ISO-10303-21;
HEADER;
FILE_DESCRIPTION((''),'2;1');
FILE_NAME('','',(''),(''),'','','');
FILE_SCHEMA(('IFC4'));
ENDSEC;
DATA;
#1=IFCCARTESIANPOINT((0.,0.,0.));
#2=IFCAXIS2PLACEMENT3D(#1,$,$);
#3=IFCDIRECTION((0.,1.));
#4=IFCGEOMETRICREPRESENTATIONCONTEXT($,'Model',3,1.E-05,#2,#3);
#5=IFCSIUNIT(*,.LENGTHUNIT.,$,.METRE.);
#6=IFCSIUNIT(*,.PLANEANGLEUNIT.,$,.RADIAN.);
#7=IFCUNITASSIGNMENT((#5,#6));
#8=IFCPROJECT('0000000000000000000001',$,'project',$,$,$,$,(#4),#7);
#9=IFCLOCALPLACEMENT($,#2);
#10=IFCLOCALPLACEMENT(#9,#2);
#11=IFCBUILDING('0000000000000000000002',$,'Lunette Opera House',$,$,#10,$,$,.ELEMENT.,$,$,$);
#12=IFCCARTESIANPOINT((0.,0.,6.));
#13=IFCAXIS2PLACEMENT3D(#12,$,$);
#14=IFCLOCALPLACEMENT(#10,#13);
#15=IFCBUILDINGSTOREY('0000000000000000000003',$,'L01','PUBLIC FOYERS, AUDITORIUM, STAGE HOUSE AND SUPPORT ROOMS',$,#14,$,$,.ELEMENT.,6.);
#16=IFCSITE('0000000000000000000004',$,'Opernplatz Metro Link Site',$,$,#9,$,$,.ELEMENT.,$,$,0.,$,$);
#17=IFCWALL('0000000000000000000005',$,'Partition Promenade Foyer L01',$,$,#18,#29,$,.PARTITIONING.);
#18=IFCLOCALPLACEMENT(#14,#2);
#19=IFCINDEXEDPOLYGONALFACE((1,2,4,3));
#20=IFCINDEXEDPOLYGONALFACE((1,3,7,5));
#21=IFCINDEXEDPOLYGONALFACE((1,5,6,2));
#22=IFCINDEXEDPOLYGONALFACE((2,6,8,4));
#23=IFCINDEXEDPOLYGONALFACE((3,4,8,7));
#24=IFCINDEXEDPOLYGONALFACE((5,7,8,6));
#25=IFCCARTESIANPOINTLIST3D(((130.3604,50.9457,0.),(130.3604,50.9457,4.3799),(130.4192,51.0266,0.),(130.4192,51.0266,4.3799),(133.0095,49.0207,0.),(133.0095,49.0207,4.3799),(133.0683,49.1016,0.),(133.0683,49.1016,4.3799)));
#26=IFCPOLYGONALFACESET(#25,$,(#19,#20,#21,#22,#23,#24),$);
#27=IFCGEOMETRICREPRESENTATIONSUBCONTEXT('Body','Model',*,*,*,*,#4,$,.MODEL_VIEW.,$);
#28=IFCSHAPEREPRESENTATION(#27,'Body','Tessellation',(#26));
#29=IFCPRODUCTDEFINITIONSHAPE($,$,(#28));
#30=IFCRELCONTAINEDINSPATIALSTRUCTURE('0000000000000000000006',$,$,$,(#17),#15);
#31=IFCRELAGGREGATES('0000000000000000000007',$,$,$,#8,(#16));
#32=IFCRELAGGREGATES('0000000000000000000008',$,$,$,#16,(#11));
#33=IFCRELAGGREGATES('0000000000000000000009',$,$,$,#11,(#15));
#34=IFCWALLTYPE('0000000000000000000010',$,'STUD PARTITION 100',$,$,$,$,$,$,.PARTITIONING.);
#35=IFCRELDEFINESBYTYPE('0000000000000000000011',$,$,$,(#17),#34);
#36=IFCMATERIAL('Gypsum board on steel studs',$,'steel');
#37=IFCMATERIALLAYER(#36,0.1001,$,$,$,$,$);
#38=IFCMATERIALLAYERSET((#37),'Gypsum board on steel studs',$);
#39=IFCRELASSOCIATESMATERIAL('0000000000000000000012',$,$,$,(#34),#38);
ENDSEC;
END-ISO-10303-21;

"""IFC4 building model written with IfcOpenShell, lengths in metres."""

from ifc_helpers import new_model, si_unit, direction, frame, frame_2d, origin, place, context, subcontext, project, spatial, rectangle, extrude, material, layer, layer_set, type_object, element, save


model = new_model("IFC4")

# Units and contexts
model_context = context("Model", 3, precision=1e-05, world=origin(), true_north=direction((0.0, 1.0)))
body_context = subcontext(model_context, "Body", "Model", "MODEL_VIEW")
ifc_project = project(units=[si_unit("LENGTHUNIT", "METRE"), si_unit("PLANEANGLEUNIT", "RADIAN")], contexts=[model_context])

# Site, building, storey
site_placement = place(None, origin())
site = spatial("IfcSite", under=ifc_project, at=site_placement, Name="Opernplatz Metro Link Site", CompositionType="ELEMENT", RefElevation=0.0)
building_placement = place(site_placement, origin())
building = spatial("IfcBuilding", under=site, at=building_placement, Name="Lunette Opera House", CompositionType="ELEMENT")
storey_placement = place(building_placement, frame((0.0, 0.0, 6.0)))
storey = spatial("IfcBuildingStorey", under=building, at=storey_placement, Name="L01", Description="PUBLIC FOYERS, AUDITORIUM, STAGE HOUSE AND SUPPORT ROOMS", CompositionType="ELEMENT", Elevation=6.0)

# Shared definitions
ifc_material_1 = material(Name="Gypsum board on steel studs", Category="steel")
ifc_layer_1 = layer(ifc_material_1, 0.1001)
ifc_layer_set_1 = layer_set([ifc_layer_1], Name="Gypsum board on steel studs")
wall_type_1 = type_object("IfcWallType", Name="STUD PARTITION 100", PredefinedType="PARTITIONING", material=ifc_layer_set_1)

# Wall
wall_1_placement = place(storey_placement, frame((130.3899, 50.9861, 0.0), z_axis=(0.0, 0.0, 1.0), x_axis=(0.808971, -0.587848, 0.0)))
element("IfcWall", 1, at=wall_1_placement, inside=storey, type_object=wall_type_1, Name="Partition Promenade Foyer L01", PredefinedType="PARTITIONING", context=body_context, shape_type="SweptSolid", body=[
    extrude(rectangle(XDim=3.2747, YDim=0.1001, at=frame_2d((1.6372, 0.0))), origin(), (0.0, 0.0, 1.0), 4.3799),
])

save(model, "model.ifc")
